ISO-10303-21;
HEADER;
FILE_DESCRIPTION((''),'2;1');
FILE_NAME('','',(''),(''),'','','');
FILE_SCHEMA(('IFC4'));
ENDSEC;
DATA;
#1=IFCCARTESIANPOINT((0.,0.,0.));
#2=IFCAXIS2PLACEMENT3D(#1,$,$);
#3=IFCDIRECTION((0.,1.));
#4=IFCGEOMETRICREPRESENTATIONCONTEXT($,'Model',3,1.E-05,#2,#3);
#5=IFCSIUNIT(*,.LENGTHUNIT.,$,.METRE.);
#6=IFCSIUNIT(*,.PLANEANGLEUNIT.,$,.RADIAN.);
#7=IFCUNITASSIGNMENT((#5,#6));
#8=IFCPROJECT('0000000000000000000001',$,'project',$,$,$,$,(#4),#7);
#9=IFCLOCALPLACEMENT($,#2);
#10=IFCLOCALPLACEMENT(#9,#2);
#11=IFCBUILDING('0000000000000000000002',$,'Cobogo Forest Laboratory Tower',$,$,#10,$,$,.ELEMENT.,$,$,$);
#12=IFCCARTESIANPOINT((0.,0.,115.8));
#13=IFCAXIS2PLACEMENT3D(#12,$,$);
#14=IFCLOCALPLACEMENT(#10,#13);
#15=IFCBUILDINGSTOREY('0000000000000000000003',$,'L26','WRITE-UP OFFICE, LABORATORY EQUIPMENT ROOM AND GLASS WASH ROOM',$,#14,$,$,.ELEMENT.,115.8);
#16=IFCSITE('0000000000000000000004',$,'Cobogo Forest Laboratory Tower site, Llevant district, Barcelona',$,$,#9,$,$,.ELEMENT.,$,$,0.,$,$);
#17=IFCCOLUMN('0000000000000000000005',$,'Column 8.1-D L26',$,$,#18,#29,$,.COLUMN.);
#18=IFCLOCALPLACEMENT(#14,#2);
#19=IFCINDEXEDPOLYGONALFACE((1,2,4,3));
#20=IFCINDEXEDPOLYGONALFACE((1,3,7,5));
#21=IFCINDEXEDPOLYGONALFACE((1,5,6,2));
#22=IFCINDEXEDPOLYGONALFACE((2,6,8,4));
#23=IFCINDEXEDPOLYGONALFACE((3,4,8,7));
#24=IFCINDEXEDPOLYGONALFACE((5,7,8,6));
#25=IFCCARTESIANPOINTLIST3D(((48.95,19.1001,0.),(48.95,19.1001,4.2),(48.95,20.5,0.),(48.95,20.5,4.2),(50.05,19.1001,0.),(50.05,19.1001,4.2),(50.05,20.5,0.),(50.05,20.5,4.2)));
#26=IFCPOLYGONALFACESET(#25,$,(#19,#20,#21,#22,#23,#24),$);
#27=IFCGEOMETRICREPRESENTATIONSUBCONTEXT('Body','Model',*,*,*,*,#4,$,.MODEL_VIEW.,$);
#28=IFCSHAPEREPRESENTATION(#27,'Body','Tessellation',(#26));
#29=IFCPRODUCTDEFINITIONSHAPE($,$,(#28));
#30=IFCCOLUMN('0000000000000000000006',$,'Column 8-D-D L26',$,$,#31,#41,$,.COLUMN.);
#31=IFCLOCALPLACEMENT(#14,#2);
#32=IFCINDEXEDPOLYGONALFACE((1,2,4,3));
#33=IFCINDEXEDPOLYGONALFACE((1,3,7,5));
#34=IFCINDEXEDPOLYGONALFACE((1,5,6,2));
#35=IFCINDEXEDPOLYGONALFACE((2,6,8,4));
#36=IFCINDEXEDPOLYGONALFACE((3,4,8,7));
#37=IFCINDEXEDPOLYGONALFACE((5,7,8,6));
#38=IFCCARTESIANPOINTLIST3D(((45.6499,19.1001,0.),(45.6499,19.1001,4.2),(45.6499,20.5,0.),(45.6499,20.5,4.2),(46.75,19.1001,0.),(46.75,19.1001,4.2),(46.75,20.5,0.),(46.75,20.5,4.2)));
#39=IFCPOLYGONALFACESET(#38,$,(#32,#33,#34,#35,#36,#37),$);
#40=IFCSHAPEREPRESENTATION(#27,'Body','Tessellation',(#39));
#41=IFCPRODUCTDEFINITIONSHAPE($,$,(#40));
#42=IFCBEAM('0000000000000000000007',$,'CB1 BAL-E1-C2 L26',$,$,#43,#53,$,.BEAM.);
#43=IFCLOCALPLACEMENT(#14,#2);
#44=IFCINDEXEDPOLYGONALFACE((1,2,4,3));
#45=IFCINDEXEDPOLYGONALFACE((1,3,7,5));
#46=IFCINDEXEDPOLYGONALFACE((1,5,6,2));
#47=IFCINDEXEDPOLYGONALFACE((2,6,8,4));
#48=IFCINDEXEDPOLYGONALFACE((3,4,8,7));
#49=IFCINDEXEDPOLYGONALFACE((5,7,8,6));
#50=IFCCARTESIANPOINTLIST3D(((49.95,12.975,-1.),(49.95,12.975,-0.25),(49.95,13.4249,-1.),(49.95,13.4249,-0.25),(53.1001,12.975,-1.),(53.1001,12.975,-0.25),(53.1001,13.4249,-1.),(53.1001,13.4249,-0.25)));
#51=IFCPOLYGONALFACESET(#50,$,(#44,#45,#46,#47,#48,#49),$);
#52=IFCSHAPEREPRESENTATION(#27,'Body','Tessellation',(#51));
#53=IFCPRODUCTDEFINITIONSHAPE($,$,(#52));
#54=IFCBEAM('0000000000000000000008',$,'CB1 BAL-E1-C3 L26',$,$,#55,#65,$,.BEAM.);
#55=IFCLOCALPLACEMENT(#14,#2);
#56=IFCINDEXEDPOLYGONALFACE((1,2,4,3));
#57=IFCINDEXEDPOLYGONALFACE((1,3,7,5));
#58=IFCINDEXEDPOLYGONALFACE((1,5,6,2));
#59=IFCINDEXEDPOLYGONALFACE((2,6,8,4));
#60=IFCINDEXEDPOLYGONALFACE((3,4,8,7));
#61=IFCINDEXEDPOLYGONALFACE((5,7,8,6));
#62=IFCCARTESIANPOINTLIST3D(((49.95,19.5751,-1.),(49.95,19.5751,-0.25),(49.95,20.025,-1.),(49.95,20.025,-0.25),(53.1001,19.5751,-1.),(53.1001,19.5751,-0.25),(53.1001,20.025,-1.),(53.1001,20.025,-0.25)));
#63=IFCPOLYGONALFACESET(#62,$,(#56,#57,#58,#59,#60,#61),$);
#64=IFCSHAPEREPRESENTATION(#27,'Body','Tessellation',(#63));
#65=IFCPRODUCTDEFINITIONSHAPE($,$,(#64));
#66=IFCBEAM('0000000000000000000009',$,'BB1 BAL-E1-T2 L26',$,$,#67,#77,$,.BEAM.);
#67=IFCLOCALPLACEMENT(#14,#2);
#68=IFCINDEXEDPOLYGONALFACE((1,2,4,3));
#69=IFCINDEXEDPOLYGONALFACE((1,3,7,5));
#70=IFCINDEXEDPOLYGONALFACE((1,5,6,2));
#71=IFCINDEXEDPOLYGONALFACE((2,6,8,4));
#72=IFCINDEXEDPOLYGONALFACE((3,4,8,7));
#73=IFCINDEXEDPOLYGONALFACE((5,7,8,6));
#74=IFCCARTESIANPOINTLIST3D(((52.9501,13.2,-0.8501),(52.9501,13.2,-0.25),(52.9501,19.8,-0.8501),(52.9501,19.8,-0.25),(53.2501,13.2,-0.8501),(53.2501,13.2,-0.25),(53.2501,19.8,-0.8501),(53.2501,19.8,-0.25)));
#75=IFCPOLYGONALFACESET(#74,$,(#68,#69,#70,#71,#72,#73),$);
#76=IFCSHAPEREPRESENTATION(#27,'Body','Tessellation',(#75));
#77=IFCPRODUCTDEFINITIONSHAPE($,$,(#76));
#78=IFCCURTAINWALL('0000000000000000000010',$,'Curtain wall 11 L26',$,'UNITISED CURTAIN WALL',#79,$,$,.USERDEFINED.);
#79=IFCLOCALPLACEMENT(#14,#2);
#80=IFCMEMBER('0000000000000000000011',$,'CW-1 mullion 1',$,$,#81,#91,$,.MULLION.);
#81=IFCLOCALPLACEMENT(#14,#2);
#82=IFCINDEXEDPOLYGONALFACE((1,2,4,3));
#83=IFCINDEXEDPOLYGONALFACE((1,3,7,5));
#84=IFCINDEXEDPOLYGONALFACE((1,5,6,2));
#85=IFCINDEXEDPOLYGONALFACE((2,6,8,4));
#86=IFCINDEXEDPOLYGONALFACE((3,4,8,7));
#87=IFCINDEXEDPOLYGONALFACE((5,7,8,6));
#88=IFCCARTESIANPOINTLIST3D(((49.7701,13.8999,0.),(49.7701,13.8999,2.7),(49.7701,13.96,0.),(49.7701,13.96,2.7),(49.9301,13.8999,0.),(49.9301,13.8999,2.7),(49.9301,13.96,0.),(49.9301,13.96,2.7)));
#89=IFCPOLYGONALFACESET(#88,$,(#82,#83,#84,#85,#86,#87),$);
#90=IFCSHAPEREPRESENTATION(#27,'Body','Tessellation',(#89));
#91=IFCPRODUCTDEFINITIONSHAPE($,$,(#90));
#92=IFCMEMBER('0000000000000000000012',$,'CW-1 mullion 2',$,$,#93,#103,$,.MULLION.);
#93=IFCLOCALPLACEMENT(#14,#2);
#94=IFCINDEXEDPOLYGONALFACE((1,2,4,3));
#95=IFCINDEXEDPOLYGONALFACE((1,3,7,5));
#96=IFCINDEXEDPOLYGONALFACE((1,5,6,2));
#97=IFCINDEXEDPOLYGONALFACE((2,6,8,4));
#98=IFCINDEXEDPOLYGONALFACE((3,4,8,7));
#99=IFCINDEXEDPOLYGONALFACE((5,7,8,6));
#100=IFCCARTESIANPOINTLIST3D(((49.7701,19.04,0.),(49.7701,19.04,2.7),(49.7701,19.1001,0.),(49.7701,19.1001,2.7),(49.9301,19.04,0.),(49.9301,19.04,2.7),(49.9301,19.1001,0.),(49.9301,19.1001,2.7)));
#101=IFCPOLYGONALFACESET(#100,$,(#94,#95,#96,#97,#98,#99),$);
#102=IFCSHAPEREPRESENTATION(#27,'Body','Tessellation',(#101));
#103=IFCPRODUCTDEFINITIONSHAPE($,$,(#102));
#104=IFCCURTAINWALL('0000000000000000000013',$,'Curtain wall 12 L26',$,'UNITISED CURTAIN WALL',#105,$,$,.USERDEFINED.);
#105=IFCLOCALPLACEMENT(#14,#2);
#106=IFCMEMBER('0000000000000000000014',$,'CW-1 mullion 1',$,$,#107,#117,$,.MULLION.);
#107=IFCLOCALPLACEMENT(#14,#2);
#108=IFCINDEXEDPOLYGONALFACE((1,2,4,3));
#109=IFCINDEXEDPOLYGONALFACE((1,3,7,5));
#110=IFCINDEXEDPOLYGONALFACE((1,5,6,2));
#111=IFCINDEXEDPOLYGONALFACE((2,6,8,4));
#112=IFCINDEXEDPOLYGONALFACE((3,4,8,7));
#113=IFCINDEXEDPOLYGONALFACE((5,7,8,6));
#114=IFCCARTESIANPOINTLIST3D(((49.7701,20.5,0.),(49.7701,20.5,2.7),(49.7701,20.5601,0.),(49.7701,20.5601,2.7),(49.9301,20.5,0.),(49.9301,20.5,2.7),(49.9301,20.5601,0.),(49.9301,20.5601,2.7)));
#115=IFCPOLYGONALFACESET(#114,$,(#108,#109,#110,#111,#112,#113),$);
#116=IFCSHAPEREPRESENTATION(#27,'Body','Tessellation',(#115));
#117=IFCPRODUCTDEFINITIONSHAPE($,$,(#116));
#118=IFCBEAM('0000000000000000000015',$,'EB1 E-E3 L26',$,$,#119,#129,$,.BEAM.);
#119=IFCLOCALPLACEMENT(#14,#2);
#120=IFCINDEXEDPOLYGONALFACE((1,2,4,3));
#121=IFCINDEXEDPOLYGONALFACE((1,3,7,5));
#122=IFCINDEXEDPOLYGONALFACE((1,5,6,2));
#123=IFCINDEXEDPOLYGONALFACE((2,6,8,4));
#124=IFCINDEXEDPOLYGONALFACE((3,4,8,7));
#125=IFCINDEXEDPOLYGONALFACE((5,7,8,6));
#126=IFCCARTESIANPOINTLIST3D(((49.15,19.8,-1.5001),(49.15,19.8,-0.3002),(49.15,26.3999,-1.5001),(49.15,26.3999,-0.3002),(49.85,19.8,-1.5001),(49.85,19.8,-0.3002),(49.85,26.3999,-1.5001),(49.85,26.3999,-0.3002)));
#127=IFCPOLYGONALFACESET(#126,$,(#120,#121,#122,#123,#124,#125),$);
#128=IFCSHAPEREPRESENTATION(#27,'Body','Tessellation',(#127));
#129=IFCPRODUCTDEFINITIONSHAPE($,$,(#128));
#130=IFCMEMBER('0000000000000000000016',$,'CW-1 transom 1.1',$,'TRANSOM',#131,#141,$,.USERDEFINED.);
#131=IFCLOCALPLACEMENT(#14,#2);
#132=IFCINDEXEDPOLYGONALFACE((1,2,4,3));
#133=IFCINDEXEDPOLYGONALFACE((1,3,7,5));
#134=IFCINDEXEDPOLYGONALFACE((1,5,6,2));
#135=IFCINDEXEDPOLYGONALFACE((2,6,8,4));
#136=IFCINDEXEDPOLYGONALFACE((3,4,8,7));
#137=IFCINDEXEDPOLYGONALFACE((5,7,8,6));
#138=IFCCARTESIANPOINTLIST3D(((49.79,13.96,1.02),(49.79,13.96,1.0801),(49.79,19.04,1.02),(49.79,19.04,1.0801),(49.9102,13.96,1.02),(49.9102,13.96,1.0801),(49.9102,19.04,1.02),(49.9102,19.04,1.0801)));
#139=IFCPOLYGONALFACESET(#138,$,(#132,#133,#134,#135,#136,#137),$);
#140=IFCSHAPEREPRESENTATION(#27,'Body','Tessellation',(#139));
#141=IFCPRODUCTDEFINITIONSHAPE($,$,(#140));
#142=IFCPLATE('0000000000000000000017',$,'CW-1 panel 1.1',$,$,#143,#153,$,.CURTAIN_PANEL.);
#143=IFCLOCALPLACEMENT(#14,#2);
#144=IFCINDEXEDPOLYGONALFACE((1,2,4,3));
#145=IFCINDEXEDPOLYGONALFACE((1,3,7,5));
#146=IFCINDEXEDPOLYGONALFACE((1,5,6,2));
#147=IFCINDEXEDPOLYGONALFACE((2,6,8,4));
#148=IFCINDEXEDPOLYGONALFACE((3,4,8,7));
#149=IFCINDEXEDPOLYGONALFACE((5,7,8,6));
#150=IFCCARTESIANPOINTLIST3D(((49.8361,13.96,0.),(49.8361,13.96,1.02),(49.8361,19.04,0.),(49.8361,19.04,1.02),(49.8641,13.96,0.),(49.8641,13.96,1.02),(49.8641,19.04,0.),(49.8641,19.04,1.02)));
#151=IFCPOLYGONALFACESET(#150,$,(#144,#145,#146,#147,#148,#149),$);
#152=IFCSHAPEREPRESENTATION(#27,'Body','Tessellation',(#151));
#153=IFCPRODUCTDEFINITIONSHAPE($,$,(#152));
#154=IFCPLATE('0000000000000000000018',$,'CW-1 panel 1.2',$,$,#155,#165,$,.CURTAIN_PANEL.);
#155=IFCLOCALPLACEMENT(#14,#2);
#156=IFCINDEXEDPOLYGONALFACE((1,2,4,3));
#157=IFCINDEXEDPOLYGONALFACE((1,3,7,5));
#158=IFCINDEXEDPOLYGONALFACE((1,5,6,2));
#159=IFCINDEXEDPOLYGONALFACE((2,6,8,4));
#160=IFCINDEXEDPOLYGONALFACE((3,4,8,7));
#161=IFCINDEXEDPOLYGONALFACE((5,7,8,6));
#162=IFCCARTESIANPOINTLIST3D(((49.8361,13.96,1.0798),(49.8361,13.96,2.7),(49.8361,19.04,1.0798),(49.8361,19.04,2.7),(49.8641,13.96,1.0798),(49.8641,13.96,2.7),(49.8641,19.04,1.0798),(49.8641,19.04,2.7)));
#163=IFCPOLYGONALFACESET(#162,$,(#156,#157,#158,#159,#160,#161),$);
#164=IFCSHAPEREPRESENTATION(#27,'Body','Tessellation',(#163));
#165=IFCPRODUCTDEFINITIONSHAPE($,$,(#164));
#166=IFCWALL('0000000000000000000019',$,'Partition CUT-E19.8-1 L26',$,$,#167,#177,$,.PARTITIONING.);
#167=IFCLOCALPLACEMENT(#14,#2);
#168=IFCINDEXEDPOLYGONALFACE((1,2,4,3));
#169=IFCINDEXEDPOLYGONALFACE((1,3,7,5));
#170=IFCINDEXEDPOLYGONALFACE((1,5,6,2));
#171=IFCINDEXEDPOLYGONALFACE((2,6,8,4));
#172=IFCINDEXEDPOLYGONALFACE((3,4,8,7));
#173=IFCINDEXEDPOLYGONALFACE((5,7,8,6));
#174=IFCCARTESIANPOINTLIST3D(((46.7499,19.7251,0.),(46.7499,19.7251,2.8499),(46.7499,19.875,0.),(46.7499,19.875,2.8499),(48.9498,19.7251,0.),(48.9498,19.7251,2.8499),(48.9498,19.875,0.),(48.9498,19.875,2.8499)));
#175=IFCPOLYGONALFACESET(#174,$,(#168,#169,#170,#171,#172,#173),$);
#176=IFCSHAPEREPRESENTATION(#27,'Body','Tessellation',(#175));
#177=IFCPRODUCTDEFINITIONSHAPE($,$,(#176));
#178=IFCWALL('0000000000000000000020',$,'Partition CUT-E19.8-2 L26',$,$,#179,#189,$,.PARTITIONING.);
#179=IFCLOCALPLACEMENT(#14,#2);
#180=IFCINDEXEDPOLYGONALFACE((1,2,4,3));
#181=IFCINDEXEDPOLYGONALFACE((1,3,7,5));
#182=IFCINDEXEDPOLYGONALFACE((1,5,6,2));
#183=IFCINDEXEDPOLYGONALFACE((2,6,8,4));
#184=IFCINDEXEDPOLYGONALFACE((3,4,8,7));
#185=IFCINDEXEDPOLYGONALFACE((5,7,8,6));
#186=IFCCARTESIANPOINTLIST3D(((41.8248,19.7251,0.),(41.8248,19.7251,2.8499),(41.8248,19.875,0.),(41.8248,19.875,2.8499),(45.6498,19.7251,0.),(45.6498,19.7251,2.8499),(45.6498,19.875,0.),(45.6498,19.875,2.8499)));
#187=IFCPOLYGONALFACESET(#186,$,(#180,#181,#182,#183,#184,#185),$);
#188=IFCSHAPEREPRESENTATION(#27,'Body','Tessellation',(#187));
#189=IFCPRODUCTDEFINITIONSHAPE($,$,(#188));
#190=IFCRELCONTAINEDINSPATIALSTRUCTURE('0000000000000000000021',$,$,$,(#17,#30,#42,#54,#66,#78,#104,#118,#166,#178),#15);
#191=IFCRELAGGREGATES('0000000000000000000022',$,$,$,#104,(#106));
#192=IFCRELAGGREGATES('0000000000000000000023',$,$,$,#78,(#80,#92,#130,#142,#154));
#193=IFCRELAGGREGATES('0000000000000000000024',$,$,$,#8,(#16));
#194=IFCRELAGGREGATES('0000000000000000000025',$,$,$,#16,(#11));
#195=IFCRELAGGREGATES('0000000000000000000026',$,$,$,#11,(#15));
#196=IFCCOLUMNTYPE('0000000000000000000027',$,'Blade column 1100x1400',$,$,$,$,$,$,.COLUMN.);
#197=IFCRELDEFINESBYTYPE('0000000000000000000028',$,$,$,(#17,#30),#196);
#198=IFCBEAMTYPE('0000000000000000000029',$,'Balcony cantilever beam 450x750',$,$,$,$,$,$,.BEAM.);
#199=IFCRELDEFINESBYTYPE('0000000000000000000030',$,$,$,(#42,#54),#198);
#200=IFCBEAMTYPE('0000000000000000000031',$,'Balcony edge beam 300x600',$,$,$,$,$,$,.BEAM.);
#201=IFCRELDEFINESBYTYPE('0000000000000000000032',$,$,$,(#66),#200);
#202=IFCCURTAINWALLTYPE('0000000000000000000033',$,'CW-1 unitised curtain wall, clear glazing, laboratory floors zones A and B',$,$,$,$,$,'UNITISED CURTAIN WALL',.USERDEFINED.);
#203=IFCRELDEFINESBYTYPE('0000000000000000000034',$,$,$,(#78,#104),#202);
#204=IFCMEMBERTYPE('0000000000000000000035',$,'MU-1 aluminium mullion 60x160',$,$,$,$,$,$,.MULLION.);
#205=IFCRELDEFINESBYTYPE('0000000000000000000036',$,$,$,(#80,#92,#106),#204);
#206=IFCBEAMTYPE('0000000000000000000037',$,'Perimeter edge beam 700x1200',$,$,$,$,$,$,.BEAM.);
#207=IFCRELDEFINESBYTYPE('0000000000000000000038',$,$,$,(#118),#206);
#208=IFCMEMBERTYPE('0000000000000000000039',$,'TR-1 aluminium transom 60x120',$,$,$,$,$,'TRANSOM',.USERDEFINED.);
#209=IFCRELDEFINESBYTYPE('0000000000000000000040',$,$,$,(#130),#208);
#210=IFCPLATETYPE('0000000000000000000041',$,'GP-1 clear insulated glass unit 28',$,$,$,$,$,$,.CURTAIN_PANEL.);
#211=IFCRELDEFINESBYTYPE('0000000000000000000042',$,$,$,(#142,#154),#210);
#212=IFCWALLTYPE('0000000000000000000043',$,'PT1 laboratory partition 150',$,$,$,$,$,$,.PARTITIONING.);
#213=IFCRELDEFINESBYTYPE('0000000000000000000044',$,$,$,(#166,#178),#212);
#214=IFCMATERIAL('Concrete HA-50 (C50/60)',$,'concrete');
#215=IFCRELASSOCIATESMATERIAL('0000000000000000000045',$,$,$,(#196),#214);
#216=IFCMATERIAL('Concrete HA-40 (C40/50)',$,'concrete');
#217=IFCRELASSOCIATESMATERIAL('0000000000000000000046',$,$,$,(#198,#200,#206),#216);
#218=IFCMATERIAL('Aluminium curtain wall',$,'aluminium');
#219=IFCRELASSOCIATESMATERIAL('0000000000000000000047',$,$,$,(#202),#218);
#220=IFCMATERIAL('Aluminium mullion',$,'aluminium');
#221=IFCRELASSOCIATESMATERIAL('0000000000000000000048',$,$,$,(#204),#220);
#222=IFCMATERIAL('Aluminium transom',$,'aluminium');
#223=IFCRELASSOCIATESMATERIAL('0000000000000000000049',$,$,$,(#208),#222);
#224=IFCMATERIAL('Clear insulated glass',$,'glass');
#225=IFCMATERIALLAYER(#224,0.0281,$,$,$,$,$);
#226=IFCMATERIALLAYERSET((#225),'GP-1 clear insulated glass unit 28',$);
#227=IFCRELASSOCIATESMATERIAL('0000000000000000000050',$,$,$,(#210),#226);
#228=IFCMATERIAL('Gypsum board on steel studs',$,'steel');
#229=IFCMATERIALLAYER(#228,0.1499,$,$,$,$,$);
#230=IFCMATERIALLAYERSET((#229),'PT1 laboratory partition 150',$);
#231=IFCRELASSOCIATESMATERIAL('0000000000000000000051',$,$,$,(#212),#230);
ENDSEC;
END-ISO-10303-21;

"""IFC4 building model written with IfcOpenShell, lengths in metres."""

from ifc_helpers import new_model, si_unit, direction, frame, frame_2d, origin, origin_2d, place, context, subcontext, project, spatial, rectangle, extrude, material, layer, layer_set, material_profile, profile_set, type_object, element, aggregate, save


model = new_model("IFC4")

# Units and contexts
model_context = context("Model", 3, precision=1e-05, world=origin(), true_north=direction((0.0, 1.0)))
body_context = subcontext(model_context, "Body", "Model", "MODEL_VIEW")
ifc_project = project(units=[si_unit("LENGTHUNIT", "METRE"), si_unit("PLANEANGLEUNIT", "RADIAN")], contexts=[model_context])

# Site, building, storey
site_placement = place(None, origin())
site = spatial("IfcSite", under=ifc_project, at=site_placement, Name="Cobogo Forest Laboratory Tower site, Llevant district, Barcelona", CompositionType="ELEMENT", RefElevation=0.0)
building_placement = place(site_placement, origin())
building = spatial("IfcBuilding", under=site, at=building_placement, Name="Cobogo Forest Laboratory Tower", CompositionType="ELEMENT")
storey_placement = place(building_placement, frame((0.0, 0.0, 115.8)))
storey = spatial("IfcBuildingStorey", under=building, at=storey_placement, Name="L26", Description="WRITE-UP OFFICE, LABORATORY EQUIPMENT ROOM AND GLASS WASH ROOM", CompositionType="ELEMENT", Elevation=115.8)

# Columns
ifc_material_1 = material(Name="Concrete HA-50 (C50/60)", Category="concrete")
ifc_material_profile_1 = material_profile(ifc_material_1, rectangle(XDim=1.3999, YDim=1.1001, at=origin_2d()), Name="RC 1100x1400")
ifc_profile_set_1 = profile_set([ifc_material_profile_1], Name="Concrete HA-50 (C50/60)")
column_type = type_object("IfcColumnType", Name="Blade column 1100x1400", PredefinedType="COLUMN", material=ifc_profile_set_1)
for number, where, z_axis, x_axis, name in (
    (1, (49.5, 19.8, 0.0), (0.0, 0.0, 1.0), (0.0, 1.0, 0.0), "Column 8.1-D L26"),
    (2, (46.2, 19.8, 0.0), (0.0, 0.0, 1.0), (0.0, 1.0, 0.0), "Column 8-D-D L26"),
):
    element("IfcColumn", number, at=place(storey_placement, frame(where, z_axis=z_axis, x_axis=x_axis)), inside=storey, type_object=column_type, Name=name, PredefinedType="COLUMN", context=body_context, shape_type="SweptSolid", body=[
        extrude(rectangle(XDim=1.3999, YDim=1.1001, at=origin_2d()), origin(), (0.0, 0.0, 1.0), 4.2),
    ])

# Beams
ifc_material_2 = material(Name="Concrete HA-40 (C40/50)", Category="concrete")
ifc_material_profile_2 = material_profile(ifc_material_2, rectangle(XDim=0.45, YDim=0.75, at=origin_2d()), Name="RC 450x750")
ifc_profile_set_2 = profile_set([ifc_material_profile_2], Name="Concrete HA-40 (C40/50)")
beam_type_1 = type_object("IfcBeamType", Name="Balcony cantilever beam 450x750", PredefinedType="BEAM", material=ifc_profile_set_2)
for number, where, z_axis, x_axis, name in (
    (3, (49.95, 13.2, -0.625), (1.0, 0.0, 0.0), (0.0, 1.0, 0.0), "CB1 BAL-E1-C2 L26"),
    (4, (49.95, 19.8, -0.625), (1.0, 0.0, 0.0), (0.0, 1.0, 0.0), "CB1 BAL-E1-C3 L26"),
):
    element("IfcBeam", number, at=place(storey_placement, frame(where, z_axis=z_axis, x_axis=x_axis)), inside=storey, type_object=beam_type_1, Name=name, PredefinedType="BEAM", context=body_context, shape_type="SweptSolid", body=[
        extrude(rectangle(XDim=0.45, YDim=0.75, at=origin_2d()), origin(), (0.0, 0.0, 1.0), 3.1501),
    ])
ifc_material_profile_3 = material_profile(ifc_material_2, rectangle(XDim=0.3, YDim=0.6001, at=origin_2d()), Name="RC 300x600")
ifc_profile_set_3 = profile_set([ifc_material_profile_3], Name="Concrete HA-40 (C40/50)")
beam_type_2 = type_object("IfcBeamType", Name="Balcony edge beam 300x600", PredefinedType="BEAM", material=ifc_profile_set_3)
beam_1_placement = place(storey_placement, frame((53.1001, 13.2, -0.55), z_axis=(0.0, 1.0, 0.0), x_axis=(-1.0, 0.0, 0.0)))
element("IfcBeam", 5, at=beam_1_placement, inside=storey, type_object=beam_type_2, Name="BB1 BAL-E1-T2 L26", PredefinedType="BEAM", context=body_context, shape_type="SweptSolid", body=[
    extrude(rectangle(XDim=0.3, YDim=0.6001, at=origin_2d()), origin(), (0.0, 0.0, 1.0), 6.6001),
])

# Curtain wall, members
ifc_material_3 = material(Name="Aluminium curtain wall", Category="aluminium")
curtain_wall_type = type_object("IfcCurtainWallType", Name="CW-1 unitised curtain wall, clear glazing, laboratory floors zones A and B", ElementType="UNITISED CURTAIN WALL", PredefinedType="USERDEFINED", material=ifc_material_3)
curtain_wall_1_placement = place(storey_placement, origin())
curtain_wall_1 = element("IfcCurtainWall", 6, at=curtain_wall_1_placement, inside=storey, type_object=curtain_wall_type, Name="Curtain wall 11 L26", ObjectType="UNITISED CURTAIN WALL", PredefinedType="USERDEFINED")
ifc_material_4 = material(Name="Aluminium mullion", Category="aluminium")
ifc_material_profile_4 = material_profile(ifc_material_4, rectangle(XDim=0.0601, YDim=0.1599, at=origin_2d()), Name="AL 60x160")
ifc_profile_set_4 = profile_set([ifc_material_profile_4], Name="Aluminium mullion")
member_type_1 = type_object("IfcMemberType", Name="MU-1 aluminium mullion 60x160", PredefinedType="MULLION", material=ifc_profile_set_4)
member_1_placement = place(storey_placement, frame((49.8501, 13.9299, 0.0), z_axis=(0.0, 0.0, 1.0), x_axis=(0.0, 1.0, 0.0)))
member_1 = element("IfcMember", 7, at=member_1_placement, type_object=member_type_1, Name="CW-1 mullion 1", PredefinedType="MULLION", context=body_context, shape_type="SweptSolid", body=[
    extrude(rectangle(XDim=0.0601, YDim=0.1599, at=origin_2d()), origin(), (0.0, 0.0, 1.0), 2.7),
])
member_2_placement = place(storey_placement, frame((49.8501, 19.0701, 0.0), z_axis=(0.0, 0.0, 1.0), x_axis=(0.0, 1.0, 0.0)))
member_2 = element("IfcMember", 8, at=member_2_placement, type_object=member_type_1, Name="CW-1 mullion 2", PredefinedType="MULLION", context=body_context, shape_type="SweptSolid", body=[
    extrude(rectangle(XDim=0.0601, YDim=0.1599, at=origin_2d()), origin(), (0.0, 0.0, 1.0), 2.7),
])

# Curtain wall, member
curtain_wall_2_placement = place(storey_placement, origin())
curtain_wall_2 = element("IfcCurtainWall", 9, at=curtain_wall_2_placement, inside=storey, type_object=curtain_wall_type, Name="Curtain wall 12 L26", ObjectType="UNITISED CURTAIN WALL", PredefinedType="USERDEFINED")
member_3_placement = place(storey_placement, frame((49.8501, 20.53, 0.0), z_axis=(0.0, 0.0, 1.0), x_axis=(0.0, 1.0, 0.0)))
member_3 = element("IfcMember", 10, at=member_3_placement, type_object=member_type_1, Name="CW-1 mullion 1", PredefinedType="MULLION", context=body_context, shape_type="SweptSolid", body=[
    extrude(rectangle(XDim=0.0601, YDim=0.1599, at=origin_2d()), origin(), (0.0, 0.0, 1.0), 2.7),
])
aggregate(curtain_wall_2, [member_3])

# Beam
ifc_material_profile_5 = material_profile(ifc_material_2, rectangle(XDim=0.7, YDim=1.2, at=origin_2d()), Name="RC 700x1200")
ifc_profile_set_5 = profile_set([ifc_material_profile_5], Name="Concrete HA-40 (C40/50)")
beam_type_3 = type_object("IfcBeamType", Name="Perimeter edge beam 700x1200", PredefinedType="BEAM", material=ifc_profile_set_5)
beam_2_placement = place(storey_placement, frame((49.5, 19.8, -0.9001), z_axis=(0.0, 1.0, 0.0), x_axis=(-1.0, 0.0, 0.0)))
element("IfcBeam", 11, at=beam_2_placement, inside=storey, type_object=beam_type_3, Name="EB1 E-E3 L26", PredefinedType="BEAM", context=body_context, shape_type="SweptSolid", body=[
    extrude(rectangle(XDim=0.7, YDim=1.2, at=origin_2d()), origin(), (0.0, 0.0, 1.0), 6.5999),
])

# Member
ifc_material_5 = material(Name="Aluminium transom", Category="aluminium")
ifc_material_profile_6 = material_profile(ifc_material_5, rectangle(XDim=0.1201, YDim=0.0601, at=origin_2d()), Name="AL 60x120")
ifc_profile_set_6 = profile_set([ifc_material_profile_6], Name="Aluminium transom")
member_type_2 = type_object("IfcMemberType", Name="TR-1 aluminium transom 60x120", ElementType="TRANSOM", PredefinedType="USERDEFINED", material=ifc_profile_set_6)
member_4_placement = place(storey_placement, frame((49.8501, 13.96, 1.05), z_axis=(0.0, 1.0, 0.0), x_axis=(-1.0, 0.0, 0.0)))
member_4 = element("IfcMember", 12, at=member_4_placement, type_object=member_type_2, Name="CW-1 transom 1.1", ObjectType="TRANSOM", PredefinedType="USERDEFINED", context=body_context, shape_type="SweptSolid", body=[
    extrude(rectangle(XDim=0.1201, YDim=0.0601, at=origin_2d()), origin(), (0.0, 0.0, 1.0), 5.0801),
])

# Plates
ifc_material_6 = material(Name="Clear insulated glass", Category="glass")
ifc_layer_1 = layer(ifc_material_6, 0.0281)
ifc_layer_set_1 = layer_set([ifc_layer_1], Name="GP-1 clear insulated glass unit 28")
plate_type_1 = type_object("IfcPlateType", Name="GP-1 clear insulated glass unit 28", PredefinedType="CURTAIN_PANEL", material=ifc_layer_set_1)
plate_1_placement = place(storey_placement, frame((49.8501, 16.5, 0.0), z_axis=(0.0, 0.0, 1.0), x_axis=(0.0, 1.0, 0.0)))
plate_1 = element("IfcPlate", 13, at=plate_1_placement, type_object=plate_type_1, Name="CW-1 panel 1.1", PredefinedType="CURTAIN_PANEL", context=body_context, shape_type="SweptSolid", body=[
    extrude(rectangle(XDim=5.0801, YDim=0.0281, at=origin_2d()), origin(), (0.0, 0.0, 1.0), 1.02),
])
plate_2_placement = place(storey_placement, frame((49.8501, 16.5, 1.0798), z_axis=(0.0, 0.0, 1.0), x_axis=(0.0, 1.0, 0.0)))
plate_2 = element("IfcPlate", 14, at=plate_2_placement, type_object=plate_type_1, Name="CW-1 panel 1.2", PredefinedType="CURTAIN_PANEL", context=body_context, shape_type="SweptSolid", body=[
    extrude(rectangle(XDim=5.0801, YDim=0.0281, at=origin_2d()), origin(), (0.0, 0.0, 1.0), 1.6201),
])
aggregate(curtain_wall_1, [member_1, member_2, member_4, plate_1, plate_2])

# Walls
ifc_material_7 = material(Name="Gypsum board on steel studs", Category="steel")
ifc_layer_2 = layer(ifc_material_7, 0.1499)
ifc_layer_set_2 = layer_set([ifc_layer_2], Name="PT1 laboratory partition 150")
wall_type = type_object("IfcWallType", Name="PT1 laboratory partition 150", PredefinedType="PARTITIONING", material=ifc_layer_set_2)
wall_1_placement = place(storey_placement, frame((48.95, 19.8, 0.0), z_axis=(0.0, 0.0, 1.0), x_axis=(-1.0, 0.0, 0.0)))
element("IfcWall", 15, at=wall_1_placement, inside=storey, type_object=wall_type, Name="Partition CUT-E19.8-1 L26", PredefinedType="PARTITIONING", context=body_context, shape_type="SweptSolid", body=[
    extrude(rectangle(XDim=2.2, YDim=0.1499, at=frame_2d((1.1001, 0.0))), origin(), (0.0, 0.0, 1.0), 2.8499),
])
wall_2_placement = place(storey_placement, frame((45.6499, 19.8, 0.0), z_axis=(0.0, 0.0, 1.0), x_axis=(-1.0, 0.0, 0.0)))
element("IfcWall", 16, at=wall_2_placement, inside=storey, type_object=wall_type, Name="Partition CUT-E19.8-2 L26", PredefinedType="PARTITIONING", context=body_context, shape_type="SweptSolid", body=[
    extrude(rectangle(XDim=3.825, YDim=0.1499, at=frame_2d((1.9126, 0.0))), origin(), (0.0, 0.0, 1.0), 2.8499),
])

save(model, "model.ifc")
